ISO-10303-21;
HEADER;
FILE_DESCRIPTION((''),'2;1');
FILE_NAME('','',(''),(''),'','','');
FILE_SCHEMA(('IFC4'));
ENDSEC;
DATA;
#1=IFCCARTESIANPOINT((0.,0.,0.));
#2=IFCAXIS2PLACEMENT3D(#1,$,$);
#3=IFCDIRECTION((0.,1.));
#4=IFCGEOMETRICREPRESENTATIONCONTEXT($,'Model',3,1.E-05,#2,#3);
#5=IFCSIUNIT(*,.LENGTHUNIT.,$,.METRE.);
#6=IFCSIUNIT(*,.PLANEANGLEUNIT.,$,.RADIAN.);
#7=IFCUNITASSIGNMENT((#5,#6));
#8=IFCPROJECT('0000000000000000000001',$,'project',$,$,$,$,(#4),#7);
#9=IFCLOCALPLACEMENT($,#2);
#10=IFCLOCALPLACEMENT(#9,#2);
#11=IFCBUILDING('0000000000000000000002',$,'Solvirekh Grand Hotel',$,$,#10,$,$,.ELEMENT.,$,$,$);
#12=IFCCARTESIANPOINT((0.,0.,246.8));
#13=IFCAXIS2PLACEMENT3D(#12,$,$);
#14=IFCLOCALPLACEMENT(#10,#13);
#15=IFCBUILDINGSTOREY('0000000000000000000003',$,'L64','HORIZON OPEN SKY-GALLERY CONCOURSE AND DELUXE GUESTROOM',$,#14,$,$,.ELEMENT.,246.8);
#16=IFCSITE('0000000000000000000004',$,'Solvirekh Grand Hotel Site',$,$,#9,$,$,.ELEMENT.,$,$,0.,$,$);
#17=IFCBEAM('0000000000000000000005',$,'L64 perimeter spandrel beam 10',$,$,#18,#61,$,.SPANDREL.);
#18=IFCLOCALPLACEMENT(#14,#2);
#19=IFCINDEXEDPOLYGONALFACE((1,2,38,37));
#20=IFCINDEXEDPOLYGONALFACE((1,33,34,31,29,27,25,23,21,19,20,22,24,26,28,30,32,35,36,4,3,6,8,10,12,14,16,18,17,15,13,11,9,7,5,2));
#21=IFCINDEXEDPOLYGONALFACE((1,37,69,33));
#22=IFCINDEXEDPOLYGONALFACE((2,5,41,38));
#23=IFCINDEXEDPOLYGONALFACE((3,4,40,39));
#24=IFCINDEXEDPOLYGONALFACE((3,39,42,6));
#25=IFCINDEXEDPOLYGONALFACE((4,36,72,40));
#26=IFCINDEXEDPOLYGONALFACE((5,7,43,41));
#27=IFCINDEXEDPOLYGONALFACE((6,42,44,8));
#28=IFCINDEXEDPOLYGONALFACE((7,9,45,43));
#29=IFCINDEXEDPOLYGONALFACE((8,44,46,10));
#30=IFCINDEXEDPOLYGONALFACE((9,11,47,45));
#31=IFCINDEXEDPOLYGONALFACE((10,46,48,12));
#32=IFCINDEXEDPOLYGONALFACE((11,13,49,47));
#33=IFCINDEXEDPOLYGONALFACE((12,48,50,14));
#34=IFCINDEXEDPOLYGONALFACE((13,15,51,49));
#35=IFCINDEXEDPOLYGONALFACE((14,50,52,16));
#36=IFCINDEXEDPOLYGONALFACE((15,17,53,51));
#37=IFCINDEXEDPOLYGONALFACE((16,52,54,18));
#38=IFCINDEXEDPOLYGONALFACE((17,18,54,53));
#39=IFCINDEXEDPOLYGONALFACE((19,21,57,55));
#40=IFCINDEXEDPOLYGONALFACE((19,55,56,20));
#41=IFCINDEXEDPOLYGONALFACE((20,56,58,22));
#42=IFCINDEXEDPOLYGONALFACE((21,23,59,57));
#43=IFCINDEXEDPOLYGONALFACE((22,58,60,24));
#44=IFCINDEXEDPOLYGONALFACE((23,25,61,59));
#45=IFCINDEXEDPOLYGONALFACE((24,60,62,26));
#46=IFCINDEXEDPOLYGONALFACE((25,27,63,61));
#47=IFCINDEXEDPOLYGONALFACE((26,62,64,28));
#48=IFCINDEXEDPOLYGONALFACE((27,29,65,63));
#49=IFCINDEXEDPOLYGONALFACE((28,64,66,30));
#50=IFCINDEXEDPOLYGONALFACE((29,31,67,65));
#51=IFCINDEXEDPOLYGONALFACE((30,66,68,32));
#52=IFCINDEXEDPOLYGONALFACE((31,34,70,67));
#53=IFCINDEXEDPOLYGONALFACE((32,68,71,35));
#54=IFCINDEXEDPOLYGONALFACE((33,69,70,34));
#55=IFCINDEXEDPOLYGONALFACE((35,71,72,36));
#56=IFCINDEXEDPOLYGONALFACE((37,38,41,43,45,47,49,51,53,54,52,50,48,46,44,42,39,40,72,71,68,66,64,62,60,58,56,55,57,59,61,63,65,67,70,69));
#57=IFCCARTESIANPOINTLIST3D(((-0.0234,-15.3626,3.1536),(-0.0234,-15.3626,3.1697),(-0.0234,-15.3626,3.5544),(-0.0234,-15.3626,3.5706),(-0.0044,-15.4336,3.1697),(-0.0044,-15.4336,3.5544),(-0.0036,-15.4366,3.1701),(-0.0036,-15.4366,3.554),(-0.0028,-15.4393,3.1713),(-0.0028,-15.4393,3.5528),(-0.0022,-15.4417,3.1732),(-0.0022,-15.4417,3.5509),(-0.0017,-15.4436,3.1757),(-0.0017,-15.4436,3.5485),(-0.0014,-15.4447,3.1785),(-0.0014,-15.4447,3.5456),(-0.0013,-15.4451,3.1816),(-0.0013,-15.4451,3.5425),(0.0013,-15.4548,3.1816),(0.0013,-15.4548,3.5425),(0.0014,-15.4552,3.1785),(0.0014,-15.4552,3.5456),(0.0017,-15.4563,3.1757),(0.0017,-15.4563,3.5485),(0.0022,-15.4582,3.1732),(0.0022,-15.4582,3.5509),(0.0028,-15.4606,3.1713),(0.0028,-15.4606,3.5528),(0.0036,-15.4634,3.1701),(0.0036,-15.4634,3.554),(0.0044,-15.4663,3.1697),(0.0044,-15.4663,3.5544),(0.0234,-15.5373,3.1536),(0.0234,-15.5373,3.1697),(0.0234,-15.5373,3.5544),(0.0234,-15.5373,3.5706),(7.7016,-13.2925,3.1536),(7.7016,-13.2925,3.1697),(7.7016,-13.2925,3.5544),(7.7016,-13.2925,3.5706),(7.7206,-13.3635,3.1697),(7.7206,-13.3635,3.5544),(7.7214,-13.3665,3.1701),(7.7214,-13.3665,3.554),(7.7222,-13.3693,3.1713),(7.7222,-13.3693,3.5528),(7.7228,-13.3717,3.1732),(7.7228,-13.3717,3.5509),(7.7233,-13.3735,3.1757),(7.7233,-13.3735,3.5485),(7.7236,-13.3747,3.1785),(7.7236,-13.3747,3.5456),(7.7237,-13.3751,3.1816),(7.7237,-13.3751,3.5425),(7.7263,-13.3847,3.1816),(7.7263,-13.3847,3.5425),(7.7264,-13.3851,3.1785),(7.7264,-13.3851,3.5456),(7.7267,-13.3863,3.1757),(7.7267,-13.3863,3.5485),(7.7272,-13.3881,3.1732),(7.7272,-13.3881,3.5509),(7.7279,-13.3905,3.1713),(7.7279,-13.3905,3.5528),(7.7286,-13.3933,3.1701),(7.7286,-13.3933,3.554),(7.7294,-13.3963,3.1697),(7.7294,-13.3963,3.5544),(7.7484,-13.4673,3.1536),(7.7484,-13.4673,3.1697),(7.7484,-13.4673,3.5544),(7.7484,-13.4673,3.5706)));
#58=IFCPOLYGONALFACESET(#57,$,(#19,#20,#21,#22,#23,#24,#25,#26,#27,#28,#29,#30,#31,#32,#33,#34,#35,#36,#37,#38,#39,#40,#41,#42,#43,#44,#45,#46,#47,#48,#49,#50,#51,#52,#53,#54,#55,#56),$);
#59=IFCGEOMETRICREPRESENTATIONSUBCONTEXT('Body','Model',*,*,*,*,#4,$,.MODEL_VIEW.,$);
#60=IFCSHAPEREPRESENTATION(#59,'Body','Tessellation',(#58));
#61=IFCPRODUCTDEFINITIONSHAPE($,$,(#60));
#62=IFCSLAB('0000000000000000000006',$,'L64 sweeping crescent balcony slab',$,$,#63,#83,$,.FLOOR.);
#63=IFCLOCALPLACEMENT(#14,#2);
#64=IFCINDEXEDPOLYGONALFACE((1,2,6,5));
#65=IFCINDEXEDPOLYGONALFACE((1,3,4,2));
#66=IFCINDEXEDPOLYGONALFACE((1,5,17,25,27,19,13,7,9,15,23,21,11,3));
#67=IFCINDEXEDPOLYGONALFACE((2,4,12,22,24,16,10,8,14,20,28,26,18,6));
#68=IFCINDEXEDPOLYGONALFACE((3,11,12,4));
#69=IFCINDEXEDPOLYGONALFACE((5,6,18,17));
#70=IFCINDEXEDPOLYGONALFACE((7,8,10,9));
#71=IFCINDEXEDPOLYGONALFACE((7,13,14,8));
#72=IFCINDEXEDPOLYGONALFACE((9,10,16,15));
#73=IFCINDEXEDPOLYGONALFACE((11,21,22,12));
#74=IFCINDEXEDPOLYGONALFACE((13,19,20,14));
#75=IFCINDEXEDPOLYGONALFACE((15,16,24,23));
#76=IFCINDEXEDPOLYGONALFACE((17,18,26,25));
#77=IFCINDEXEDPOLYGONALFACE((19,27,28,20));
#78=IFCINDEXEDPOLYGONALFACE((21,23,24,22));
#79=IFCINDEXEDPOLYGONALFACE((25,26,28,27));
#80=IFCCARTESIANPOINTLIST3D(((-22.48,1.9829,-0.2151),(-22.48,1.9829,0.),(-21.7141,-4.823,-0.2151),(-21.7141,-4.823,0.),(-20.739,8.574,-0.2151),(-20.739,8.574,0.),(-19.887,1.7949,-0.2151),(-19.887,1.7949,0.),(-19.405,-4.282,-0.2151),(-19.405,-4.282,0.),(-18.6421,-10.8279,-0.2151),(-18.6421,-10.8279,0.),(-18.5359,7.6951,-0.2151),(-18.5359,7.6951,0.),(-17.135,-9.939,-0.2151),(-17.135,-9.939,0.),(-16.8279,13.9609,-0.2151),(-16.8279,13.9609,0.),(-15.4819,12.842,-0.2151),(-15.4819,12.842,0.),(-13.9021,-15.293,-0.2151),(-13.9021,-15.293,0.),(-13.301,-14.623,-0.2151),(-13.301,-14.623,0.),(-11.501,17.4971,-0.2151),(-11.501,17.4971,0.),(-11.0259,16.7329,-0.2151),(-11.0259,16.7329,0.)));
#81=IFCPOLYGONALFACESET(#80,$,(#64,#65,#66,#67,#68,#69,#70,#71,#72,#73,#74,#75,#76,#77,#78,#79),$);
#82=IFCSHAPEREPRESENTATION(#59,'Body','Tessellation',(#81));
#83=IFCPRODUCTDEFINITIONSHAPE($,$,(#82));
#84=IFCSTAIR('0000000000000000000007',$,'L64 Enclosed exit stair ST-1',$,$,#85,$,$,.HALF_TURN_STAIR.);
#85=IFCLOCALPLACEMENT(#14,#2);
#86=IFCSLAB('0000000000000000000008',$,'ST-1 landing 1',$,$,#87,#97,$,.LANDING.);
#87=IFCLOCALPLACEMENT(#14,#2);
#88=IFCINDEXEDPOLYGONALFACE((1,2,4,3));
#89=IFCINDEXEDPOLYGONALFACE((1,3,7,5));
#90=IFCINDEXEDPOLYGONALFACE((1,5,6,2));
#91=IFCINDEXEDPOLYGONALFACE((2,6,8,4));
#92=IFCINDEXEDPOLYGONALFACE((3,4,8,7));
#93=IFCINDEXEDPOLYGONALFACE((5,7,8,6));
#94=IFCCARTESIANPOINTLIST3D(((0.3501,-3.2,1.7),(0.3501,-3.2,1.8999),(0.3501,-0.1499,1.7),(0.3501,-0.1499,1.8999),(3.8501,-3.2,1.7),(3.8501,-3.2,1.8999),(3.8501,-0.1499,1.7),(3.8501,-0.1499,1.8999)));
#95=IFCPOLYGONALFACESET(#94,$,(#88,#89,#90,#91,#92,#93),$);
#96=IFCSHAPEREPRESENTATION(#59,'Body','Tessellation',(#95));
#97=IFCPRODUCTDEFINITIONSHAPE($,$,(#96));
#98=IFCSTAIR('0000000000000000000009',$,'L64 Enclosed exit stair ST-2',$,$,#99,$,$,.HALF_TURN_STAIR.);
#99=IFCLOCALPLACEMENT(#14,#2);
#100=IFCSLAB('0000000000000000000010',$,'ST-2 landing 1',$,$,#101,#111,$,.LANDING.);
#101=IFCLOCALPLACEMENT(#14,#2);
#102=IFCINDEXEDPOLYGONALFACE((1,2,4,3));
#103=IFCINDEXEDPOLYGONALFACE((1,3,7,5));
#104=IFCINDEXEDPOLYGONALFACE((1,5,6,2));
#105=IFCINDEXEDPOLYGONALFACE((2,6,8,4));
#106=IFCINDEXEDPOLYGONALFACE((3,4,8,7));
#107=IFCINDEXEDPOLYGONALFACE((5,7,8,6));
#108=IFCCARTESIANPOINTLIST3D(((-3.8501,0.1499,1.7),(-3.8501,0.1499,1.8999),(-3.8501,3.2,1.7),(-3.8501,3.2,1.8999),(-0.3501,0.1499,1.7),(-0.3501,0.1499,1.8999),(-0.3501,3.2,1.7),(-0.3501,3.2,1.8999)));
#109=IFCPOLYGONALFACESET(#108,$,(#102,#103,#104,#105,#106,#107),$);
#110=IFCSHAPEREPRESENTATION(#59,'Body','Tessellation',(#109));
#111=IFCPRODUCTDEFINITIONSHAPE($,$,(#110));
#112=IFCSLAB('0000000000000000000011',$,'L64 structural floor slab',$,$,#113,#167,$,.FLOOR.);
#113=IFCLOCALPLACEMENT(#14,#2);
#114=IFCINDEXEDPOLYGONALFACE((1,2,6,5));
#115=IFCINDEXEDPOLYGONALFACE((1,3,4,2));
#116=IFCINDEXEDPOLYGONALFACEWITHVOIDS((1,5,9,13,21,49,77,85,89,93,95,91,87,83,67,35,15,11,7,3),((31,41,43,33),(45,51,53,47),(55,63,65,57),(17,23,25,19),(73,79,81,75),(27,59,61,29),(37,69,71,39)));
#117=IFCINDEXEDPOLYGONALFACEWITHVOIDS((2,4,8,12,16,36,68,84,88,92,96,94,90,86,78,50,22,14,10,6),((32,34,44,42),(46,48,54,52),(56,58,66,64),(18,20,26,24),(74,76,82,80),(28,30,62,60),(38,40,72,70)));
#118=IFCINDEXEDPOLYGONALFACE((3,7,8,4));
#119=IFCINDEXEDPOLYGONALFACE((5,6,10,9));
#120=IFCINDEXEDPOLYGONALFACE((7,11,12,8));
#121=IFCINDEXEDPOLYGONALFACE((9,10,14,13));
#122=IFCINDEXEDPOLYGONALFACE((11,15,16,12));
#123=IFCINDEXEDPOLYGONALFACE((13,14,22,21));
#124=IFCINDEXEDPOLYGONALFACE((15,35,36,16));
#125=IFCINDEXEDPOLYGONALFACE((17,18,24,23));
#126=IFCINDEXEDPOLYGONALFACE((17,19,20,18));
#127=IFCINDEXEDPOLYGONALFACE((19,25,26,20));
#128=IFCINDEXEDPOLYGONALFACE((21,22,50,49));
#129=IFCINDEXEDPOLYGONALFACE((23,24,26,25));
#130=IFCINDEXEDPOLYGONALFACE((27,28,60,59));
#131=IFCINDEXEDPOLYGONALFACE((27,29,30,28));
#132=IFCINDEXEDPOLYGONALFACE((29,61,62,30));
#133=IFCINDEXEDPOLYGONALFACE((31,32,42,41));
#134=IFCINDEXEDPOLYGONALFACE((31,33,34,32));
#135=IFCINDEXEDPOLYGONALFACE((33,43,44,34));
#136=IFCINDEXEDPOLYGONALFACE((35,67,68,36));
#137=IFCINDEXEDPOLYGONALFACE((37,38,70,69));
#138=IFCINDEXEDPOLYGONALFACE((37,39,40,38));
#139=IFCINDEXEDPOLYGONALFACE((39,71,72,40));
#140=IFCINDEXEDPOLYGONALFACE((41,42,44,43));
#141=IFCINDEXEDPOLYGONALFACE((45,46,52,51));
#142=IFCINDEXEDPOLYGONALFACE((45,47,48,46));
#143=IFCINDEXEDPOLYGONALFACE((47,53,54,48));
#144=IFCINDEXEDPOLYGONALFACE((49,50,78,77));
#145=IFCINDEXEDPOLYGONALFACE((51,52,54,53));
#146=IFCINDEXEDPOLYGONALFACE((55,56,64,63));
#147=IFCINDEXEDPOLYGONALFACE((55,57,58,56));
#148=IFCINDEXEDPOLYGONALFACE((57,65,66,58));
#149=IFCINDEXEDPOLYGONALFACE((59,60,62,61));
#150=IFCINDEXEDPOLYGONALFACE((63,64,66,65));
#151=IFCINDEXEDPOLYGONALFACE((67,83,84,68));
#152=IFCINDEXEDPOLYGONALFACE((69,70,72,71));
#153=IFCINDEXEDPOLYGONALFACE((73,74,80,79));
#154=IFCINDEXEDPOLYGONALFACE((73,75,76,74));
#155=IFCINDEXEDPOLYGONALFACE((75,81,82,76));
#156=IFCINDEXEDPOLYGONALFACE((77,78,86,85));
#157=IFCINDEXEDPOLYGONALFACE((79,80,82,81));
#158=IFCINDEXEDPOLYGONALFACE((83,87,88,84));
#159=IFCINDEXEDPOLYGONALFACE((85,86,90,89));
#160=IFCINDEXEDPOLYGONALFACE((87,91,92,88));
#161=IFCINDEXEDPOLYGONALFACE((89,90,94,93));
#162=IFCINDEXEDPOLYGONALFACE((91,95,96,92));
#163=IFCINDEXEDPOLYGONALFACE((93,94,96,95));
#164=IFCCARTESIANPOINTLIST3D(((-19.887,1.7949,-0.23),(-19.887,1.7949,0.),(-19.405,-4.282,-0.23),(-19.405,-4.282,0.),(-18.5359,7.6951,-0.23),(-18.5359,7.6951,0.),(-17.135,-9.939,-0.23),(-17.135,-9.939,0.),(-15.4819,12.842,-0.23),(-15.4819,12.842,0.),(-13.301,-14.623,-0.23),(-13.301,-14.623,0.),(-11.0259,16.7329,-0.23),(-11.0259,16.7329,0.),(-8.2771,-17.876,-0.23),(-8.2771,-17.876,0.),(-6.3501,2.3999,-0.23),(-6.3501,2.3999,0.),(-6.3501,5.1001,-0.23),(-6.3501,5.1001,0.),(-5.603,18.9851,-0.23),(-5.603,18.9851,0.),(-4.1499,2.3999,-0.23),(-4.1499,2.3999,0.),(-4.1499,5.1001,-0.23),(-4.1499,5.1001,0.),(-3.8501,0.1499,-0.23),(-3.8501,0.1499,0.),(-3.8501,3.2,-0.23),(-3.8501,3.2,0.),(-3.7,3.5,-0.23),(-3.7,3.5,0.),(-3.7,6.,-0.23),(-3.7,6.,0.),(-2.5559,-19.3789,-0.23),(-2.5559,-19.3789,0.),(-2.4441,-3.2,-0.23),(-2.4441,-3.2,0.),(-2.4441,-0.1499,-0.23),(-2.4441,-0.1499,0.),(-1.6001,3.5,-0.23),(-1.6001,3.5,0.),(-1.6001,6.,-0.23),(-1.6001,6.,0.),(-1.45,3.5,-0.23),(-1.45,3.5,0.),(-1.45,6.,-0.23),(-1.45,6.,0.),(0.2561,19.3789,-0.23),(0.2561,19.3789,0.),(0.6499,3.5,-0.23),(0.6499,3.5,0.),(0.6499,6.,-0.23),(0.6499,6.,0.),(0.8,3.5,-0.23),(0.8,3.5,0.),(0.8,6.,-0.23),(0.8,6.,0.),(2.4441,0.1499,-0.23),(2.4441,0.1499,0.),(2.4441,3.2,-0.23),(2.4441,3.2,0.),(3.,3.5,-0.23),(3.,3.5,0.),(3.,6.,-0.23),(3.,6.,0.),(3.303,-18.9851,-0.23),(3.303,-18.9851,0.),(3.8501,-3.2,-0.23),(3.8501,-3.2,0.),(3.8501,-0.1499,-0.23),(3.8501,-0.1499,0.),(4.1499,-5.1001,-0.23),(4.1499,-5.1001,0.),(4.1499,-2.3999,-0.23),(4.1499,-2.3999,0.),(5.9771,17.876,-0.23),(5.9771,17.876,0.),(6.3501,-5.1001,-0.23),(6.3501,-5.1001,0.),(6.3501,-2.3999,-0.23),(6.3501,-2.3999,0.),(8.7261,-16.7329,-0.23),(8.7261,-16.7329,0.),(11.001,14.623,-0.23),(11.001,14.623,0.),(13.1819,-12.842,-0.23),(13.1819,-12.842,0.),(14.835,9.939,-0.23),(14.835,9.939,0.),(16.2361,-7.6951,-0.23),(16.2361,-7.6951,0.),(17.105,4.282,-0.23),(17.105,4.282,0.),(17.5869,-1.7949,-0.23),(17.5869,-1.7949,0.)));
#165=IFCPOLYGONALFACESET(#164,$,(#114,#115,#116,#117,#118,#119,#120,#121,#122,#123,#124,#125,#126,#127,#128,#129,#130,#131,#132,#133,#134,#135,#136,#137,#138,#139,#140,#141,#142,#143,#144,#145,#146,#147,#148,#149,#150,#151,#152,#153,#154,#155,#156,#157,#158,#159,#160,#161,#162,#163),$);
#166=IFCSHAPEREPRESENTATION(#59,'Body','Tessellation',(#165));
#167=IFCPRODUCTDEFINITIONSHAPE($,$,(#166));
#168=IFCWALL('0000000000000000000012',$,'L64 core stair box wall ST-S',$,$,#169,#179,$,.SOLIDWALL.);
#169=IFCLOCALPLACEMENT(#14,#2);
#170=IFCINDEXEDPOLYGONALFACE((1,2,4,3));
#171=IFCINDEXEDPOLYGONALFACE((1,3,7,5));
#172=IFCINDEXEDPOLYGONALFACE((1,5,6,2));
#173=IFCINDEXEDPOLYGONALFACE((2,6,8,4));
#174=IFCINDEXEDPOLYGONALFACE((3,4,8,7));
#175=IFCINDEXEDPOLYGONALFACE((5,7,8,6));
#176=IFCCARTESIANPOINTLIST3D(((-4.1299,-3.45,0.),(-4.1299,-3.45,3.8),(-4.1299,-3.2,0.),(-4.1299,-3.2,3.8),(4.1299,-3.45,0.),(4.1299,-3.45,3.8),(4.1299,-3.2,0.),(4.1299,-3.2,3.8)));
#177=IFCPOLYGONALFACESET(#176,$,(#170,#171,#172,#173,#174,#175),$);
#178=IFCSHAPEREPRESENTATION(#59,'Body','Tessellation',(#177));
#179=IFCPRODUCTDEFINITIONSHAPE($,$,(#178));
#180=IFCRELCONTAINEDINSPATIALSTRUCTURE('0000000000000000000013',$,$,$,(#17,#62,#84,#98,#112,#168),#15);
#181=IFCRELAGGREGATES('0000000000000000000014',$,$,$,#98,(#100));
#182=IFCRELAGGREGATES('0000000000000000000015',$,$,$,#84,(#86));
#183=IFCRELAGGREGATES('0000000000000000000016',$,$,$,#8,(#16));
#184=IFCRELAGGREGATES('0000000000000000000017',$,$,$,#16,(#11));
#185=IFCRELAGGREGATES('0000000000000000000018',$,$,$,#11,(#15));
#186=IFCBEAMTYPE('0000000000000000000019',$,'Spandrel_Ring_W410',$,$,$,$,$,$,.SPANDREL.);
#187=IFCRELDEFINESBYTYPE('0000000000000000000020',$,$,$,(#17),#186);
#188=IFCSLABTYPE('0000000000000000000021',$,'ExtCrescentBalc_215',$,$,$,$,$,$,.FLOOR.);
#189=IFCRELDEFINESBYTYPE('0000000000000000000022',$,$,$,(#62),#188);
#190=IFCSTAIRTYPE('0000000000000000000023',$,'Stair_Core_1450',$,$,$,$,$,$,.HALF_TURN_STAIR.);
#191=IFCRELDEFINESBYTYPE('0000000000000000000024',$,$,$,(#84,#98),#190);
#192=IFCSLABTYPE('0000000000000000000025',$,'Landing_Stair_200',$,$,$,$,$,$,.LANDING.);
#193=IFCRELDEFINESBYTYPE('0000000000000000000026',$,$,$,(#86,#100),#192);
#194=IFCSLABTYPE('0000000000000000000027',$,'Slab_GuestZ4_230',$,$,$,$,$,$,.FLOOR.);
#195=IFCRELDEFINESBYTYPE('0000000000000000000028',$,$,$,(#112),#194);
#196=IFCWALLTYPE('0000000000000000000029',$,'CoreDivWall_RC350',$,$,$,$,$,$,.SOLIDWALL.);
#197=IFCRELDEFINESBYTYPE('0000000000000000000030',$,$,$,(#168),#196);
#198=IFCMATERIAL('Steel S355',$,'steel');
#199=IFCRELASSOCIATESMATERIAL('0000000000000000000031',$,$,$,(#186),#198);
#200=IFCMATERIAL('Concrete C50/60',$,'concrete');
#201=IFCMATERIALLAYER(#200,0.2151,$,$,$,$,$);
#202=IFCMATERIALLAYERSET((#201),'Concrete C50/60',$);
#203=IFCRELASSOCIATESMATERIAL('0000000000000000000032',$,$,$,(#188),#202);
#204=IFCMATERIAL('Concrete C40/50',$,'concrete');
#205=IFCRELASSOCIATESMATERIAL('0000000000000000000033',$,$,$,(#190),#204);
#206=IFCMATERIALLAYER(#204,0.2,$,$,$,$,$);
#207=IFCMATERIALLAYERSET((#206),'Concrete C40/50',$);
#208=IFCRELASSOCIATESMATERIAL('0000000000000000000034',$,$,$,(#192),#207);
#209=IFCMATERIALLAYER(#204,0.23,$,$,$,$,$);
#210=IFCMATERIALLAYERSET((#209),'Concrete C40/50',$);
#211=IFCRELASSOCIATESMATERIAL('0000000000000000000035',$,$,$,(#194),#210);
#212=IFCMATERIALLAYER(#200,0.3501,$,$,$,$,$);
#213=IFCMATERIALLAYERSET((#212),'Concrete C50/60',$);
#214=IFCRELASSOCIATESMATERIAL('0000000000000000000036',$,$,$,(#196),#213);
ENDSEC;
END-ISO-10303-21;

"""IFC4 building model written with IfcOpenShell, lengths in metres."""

from ifc_helpers import new_model, si_unit, direction, frame, frame_2d, origin, origin_2d, place, context, subcontext, project, spatial, polyline, rectangle, i_section, outline, extrude, material, layer, layer_set, material_profile, profile_set, type_object, element, aggregate, save


model = new_model("IFC4")

# Units and contexts
model_context = context("Model", 3, precision=1e-05, world=origin(), true_north=direction((0.0, 1.0)))
body_context = subcontext(model_context, "Body", "Model", "MODEL_VIEW")
ifc_project = project(units=[si_unit("LENGTHUNIT", "METRE"), si_unit("PLANEANGLEUNIT", "RADIAN")], contexts=[model_context])

# Site, building, storey
site_placement = place(None, origin())
site = spatial("IfcSite", under=ifc_project, at=site_placement, Name="Solvirekh Grand Hotel Site", CompositionType="ELEMENT", RefElevation=0.0)
building_placement = place(site_placement, origin())
building = spatial("IfcBuilding", under=site, at=building_placement, Name="Solvirekh Grand Hotel", CompositionType="ELEMENT")
storey_placement = place(building_placement, frame((0.0, 0.0, 246.8)))
storey = spatial("IfcBuildingStorey", under=building, at=storey_placement, Name="L64", Description="HORIZON OPEN SKY-GALLERY CONCOURSE AND DELUXE GUESTROOM", CompositionType="ELEMENT", Elevation=246.8)

# Shared definitions
ifc_material_1 = material(Name="Concrete C50/60", Category="concrete")

# Beam
ifc_material_2 = material(Name="Steel S355", Category="steel")
ifc_material_profile_1 = material_profile(ifc_material_2, i_section(OverallWidth=0.1809, OverallDepth=0.417, WebThickness=0.01, FlangeThickness=0.0161, FilletRadius=0.012, at=origin_2d()), Name="W410X85")
ifc_profile_set_1 = profile_set([ifc_material_profile_1], Name="Steel S355")
beam_type_1 = type_object("IfcBeamType", Name="Spandrel_Ring_W410", PredefinedType="SPANDREL", material=ifc_profile_set_1)
beam_1_placement = place(storey_placement, frame((0.0, -15.45, 3.3621), z_axis=(0.965922, 0.258835, 0.0), x_axis=(-0.258835, 0.965922, 0.0)))
element("IfcBeam", 1, at=beam_1_placement, inside=storey, type_object=beam_type_1, Name="L64 perimeter spandrel beam 10", PredefinedType="SPANDREL", context=body_context, shape_type="SweptSolid", body=[
    extrude(i_section(OverallWidth=0.1809, OverallDepth=0.417, WebThickness=0.01, FlangeThickness=0.0161, FilletRadius=0.012, at=origin_2d()), origin(), (0.0, 0.0, 1.0), 7.9976),
])

# Slab
ifc_layer_1 = layer(ifc_material_1, 0.2151)
ifc_layer_set_1 = layer_set([ifc_layer_1], Name="Concrete C50/60")
slab_type_1 = type_object("IfcSlabType", Name="ExtCrescentBalc_215", PredefinedType="FLOOR", material=ifc_layer_set_1)
slab_1_placement = place(storey_placement, frame((0.0, 0.0, -0.2151)))
element("IfcSlab", 2, at=slab_1_placement, inside=storey, type_object=slab_type_1, Name="L64 sweeping crescent balcony slab", PredefinedType="FLOOR", context=body_context, shape_type="SweptSolid", body=[
    extrude(outline(polyline([(-11.501, 17.4971), (-16.8279, 13.9609), (-20.739, 8.574), (-22.48, 1.9829), (-21.7141, -4.823), (-18.6421, -10.8279), (-13.9021, -15.293), (-13.301, -14.623), (-17.135, -9.939), (-19.405, -4.282), (-19.887, 1.7949), (-18.5359, 7.6951), (-15.4819, 12.842), (-11.0259, 16.7329), (-11.501, 17.4971)])), origin(), (0.0, 0.0, 1.0), 0.2151),
])

# Stairs, slabs
ifc_material_3 = material(Name="Concrete C40/50", Category="concrete")
stair_type = type_object("IfcStairType", Name="Stair_Core_1450", PredefinedType="HALF_TURN_STAIR", material=ifc_material_3)
stair_1_placement = place(storey_placement, origin())
stair_1 = element("IfcStair", 3, at=stair_1_placement, inside=storey, type_object=stair_type, Name="L64 Enclosed exit stair ST-1", PredefinedType="HALF_TURN_STAIR")
ifc_layer_2 = layer(ifc_material_3, 0.2)
ifc_layer_set_2 = layer_set([ifc_layer_2], Name="Concrete C40/50")
slab_type_2 = type_object("IfcSlabType", Name="Landing_Stair_200", PredefinedType="LANDING", material=ifc_layer_set_2)
slab_2_placement = place(storey_placement, frame((0.0, 0.0, 1.7)))
slab_2 = element("IfcSlab", 4, at=slab_2_placement, type_object=slab_type_2, Name="ST-1 landing 1", PredefinedType="LANDING", context=body_context, shape_type="SweptSolid", body=[
    extrude(outline(polyline([(0.3501, -3.2), (3.8501, -3.2), (3.8501, -0.1499), (0.3501, -0.1499), (0.3501, -3.2)])), origin(), (0.0, 0.0, 1.0), 0.2),
])
stair_2_placement = place(storey_placement, origin())
stair_2 = element("IfcStair", 5, at=stair_2_placement, inside=storey, type_object=stair_type, Name="L64 Enclosed exit stair ST-2", PredefinedType="HALF_TURN_STAIR")
slab_3_placement = place(storey_placement, frame((0.0, 0.0, 1.7)))
slab_3 = element("IfcSlab", 6, at=slab_3_placement, type_object=slab_type_2, Name="ST-2 landing 1", PredefinedType="LANDING", context=body_context, shape_type="SweptSolid", body=[
    extrude(outline(polyline([(-0.3501, 3.2), (-3.8501, 3.2), (-3.8501, 0.1499), (-0.3501, 0.1499), (-0.3501, 3.2)])), origin(), (0.0, 0.0, 1.0), 0.2),
])
aggregate(stair_2, [slab_3])

# Slab
ifc_layer_3 = layer(ifc_material_3, 0.23)
ifc_layer_set_3 = layer_set([ifc_layer_3], Name="Concrete C40/50")
slab_type_3 = type_object("IfcSlabType", Name="Slab_GuestZ4_230", PredefinedType="FLOOR", material=ifc_layer_set_3)
slab_4_placement = place(storey_placement, frame((0.0, 0.0, -0.23)))
element("IfcSlab", 7, at=slab_4_placement, inside=storey, type_object=slab_type_3, Name="L64 structural floor slab", PredefinedType="FLOOR", context=body_context, shape_type="SweptSolid", body=[
    extrude(outline(polyline([(3.303, -18.9851), (8.7261, -16.7329), (13.1819, -12.842), (16.2361, -7.6951), (17.5869, -1.7949), (17.105, 4.282), (14.835, 9.939), (11.001, 14.623), (5.9771, 17.876), (0.2561, 19.3789), (-5.603, 18.9851), (-11.0259, 16.7329), (-15.4819, 12.842), (-18.5359, 7.6951), (-19.887, 1.7949), (-19.405, -4.282), (-17.135, -9.939), (-13.301, -14.623), (-8.2771, -17.876), (-2.5559, -19.3789), (3.303, -18.9851)]), holes=[polyline([(-2.4441, -0.1499), (3.8501, -0.1499), (3.8501, -3.2), (-2.4441, -3.2), (-2.4441, -0.1499)]), polyline([(2.4441, 0.1499), (-3.8501, 0.1499), (-3.8501, 3.2), (2.4441, 3.2), (2.4441, 0.1499)]), polyline([(-3.7, 6.0), (-1.6001, 6.0), (-1.6001, 3.5), (-3.7, 3.5), (-3.7, 6.0)]), polyline([(-1.45, 6.0), (0.6499, 6.0), (0.6499, 3.5), (-1.45, 3.5), (-1.45, 6.0)]), polyline([(0.8, 6.0), (3.0, 6.0), (3.0, 3.5), (0.8, 3.5), (0.8, 6.0)]), polyline([(-6.3501, 5.1001), (-4.1499, 5.1001), (-4.1499, 2.3999), (-6.3501, 2.3999), (-6.3501, 5.1001)]), polyline([(4.1499, -2.3999), (6.3501, -2.3999), (6.3501, -5.1001), (4.1499, -5.1001), (4.1499, -2.3999)])]), origin(), (0.0, 0.0, 1.0), 0.23),
])

# Wall
ifc_layer_4 = layer(ifc_material_1, 0.3501)
ifc_layer_set_4 = layer_set([ifc_layer_4], Name="Concrete C50/60")
wall_type_1 = type_object("IfcWallType", Name="CoreDivWall_RC350", PredefinedType="SOLIDWALL", material=ifc_layer_set_4)
wall_1_placement = place(storey_placement, frame((-4.1299, -3.325, 0.0), z_axis=(0.0, 0.0, 1.0), x_axis=(1.0, 0.0, 0.0)))
element("IfcWall", 8, at=wall_1_placement, inside=storey, type_object=wall_type_1, Name="L64 core stair box wall ST-S", PredefinedType="SOLIDWALL", context=body_context, shape_type="SweptSolid", body=[
    extrude(rectangle(XDim=8.2598, YDim=0.25, at=frame_2d((4.1299, 0.0))), origin(), (0.0, 0.0, 1.0), 3.8),
])

aggregate(stair_1, [slab_2])

save(model, "model.ifc")
